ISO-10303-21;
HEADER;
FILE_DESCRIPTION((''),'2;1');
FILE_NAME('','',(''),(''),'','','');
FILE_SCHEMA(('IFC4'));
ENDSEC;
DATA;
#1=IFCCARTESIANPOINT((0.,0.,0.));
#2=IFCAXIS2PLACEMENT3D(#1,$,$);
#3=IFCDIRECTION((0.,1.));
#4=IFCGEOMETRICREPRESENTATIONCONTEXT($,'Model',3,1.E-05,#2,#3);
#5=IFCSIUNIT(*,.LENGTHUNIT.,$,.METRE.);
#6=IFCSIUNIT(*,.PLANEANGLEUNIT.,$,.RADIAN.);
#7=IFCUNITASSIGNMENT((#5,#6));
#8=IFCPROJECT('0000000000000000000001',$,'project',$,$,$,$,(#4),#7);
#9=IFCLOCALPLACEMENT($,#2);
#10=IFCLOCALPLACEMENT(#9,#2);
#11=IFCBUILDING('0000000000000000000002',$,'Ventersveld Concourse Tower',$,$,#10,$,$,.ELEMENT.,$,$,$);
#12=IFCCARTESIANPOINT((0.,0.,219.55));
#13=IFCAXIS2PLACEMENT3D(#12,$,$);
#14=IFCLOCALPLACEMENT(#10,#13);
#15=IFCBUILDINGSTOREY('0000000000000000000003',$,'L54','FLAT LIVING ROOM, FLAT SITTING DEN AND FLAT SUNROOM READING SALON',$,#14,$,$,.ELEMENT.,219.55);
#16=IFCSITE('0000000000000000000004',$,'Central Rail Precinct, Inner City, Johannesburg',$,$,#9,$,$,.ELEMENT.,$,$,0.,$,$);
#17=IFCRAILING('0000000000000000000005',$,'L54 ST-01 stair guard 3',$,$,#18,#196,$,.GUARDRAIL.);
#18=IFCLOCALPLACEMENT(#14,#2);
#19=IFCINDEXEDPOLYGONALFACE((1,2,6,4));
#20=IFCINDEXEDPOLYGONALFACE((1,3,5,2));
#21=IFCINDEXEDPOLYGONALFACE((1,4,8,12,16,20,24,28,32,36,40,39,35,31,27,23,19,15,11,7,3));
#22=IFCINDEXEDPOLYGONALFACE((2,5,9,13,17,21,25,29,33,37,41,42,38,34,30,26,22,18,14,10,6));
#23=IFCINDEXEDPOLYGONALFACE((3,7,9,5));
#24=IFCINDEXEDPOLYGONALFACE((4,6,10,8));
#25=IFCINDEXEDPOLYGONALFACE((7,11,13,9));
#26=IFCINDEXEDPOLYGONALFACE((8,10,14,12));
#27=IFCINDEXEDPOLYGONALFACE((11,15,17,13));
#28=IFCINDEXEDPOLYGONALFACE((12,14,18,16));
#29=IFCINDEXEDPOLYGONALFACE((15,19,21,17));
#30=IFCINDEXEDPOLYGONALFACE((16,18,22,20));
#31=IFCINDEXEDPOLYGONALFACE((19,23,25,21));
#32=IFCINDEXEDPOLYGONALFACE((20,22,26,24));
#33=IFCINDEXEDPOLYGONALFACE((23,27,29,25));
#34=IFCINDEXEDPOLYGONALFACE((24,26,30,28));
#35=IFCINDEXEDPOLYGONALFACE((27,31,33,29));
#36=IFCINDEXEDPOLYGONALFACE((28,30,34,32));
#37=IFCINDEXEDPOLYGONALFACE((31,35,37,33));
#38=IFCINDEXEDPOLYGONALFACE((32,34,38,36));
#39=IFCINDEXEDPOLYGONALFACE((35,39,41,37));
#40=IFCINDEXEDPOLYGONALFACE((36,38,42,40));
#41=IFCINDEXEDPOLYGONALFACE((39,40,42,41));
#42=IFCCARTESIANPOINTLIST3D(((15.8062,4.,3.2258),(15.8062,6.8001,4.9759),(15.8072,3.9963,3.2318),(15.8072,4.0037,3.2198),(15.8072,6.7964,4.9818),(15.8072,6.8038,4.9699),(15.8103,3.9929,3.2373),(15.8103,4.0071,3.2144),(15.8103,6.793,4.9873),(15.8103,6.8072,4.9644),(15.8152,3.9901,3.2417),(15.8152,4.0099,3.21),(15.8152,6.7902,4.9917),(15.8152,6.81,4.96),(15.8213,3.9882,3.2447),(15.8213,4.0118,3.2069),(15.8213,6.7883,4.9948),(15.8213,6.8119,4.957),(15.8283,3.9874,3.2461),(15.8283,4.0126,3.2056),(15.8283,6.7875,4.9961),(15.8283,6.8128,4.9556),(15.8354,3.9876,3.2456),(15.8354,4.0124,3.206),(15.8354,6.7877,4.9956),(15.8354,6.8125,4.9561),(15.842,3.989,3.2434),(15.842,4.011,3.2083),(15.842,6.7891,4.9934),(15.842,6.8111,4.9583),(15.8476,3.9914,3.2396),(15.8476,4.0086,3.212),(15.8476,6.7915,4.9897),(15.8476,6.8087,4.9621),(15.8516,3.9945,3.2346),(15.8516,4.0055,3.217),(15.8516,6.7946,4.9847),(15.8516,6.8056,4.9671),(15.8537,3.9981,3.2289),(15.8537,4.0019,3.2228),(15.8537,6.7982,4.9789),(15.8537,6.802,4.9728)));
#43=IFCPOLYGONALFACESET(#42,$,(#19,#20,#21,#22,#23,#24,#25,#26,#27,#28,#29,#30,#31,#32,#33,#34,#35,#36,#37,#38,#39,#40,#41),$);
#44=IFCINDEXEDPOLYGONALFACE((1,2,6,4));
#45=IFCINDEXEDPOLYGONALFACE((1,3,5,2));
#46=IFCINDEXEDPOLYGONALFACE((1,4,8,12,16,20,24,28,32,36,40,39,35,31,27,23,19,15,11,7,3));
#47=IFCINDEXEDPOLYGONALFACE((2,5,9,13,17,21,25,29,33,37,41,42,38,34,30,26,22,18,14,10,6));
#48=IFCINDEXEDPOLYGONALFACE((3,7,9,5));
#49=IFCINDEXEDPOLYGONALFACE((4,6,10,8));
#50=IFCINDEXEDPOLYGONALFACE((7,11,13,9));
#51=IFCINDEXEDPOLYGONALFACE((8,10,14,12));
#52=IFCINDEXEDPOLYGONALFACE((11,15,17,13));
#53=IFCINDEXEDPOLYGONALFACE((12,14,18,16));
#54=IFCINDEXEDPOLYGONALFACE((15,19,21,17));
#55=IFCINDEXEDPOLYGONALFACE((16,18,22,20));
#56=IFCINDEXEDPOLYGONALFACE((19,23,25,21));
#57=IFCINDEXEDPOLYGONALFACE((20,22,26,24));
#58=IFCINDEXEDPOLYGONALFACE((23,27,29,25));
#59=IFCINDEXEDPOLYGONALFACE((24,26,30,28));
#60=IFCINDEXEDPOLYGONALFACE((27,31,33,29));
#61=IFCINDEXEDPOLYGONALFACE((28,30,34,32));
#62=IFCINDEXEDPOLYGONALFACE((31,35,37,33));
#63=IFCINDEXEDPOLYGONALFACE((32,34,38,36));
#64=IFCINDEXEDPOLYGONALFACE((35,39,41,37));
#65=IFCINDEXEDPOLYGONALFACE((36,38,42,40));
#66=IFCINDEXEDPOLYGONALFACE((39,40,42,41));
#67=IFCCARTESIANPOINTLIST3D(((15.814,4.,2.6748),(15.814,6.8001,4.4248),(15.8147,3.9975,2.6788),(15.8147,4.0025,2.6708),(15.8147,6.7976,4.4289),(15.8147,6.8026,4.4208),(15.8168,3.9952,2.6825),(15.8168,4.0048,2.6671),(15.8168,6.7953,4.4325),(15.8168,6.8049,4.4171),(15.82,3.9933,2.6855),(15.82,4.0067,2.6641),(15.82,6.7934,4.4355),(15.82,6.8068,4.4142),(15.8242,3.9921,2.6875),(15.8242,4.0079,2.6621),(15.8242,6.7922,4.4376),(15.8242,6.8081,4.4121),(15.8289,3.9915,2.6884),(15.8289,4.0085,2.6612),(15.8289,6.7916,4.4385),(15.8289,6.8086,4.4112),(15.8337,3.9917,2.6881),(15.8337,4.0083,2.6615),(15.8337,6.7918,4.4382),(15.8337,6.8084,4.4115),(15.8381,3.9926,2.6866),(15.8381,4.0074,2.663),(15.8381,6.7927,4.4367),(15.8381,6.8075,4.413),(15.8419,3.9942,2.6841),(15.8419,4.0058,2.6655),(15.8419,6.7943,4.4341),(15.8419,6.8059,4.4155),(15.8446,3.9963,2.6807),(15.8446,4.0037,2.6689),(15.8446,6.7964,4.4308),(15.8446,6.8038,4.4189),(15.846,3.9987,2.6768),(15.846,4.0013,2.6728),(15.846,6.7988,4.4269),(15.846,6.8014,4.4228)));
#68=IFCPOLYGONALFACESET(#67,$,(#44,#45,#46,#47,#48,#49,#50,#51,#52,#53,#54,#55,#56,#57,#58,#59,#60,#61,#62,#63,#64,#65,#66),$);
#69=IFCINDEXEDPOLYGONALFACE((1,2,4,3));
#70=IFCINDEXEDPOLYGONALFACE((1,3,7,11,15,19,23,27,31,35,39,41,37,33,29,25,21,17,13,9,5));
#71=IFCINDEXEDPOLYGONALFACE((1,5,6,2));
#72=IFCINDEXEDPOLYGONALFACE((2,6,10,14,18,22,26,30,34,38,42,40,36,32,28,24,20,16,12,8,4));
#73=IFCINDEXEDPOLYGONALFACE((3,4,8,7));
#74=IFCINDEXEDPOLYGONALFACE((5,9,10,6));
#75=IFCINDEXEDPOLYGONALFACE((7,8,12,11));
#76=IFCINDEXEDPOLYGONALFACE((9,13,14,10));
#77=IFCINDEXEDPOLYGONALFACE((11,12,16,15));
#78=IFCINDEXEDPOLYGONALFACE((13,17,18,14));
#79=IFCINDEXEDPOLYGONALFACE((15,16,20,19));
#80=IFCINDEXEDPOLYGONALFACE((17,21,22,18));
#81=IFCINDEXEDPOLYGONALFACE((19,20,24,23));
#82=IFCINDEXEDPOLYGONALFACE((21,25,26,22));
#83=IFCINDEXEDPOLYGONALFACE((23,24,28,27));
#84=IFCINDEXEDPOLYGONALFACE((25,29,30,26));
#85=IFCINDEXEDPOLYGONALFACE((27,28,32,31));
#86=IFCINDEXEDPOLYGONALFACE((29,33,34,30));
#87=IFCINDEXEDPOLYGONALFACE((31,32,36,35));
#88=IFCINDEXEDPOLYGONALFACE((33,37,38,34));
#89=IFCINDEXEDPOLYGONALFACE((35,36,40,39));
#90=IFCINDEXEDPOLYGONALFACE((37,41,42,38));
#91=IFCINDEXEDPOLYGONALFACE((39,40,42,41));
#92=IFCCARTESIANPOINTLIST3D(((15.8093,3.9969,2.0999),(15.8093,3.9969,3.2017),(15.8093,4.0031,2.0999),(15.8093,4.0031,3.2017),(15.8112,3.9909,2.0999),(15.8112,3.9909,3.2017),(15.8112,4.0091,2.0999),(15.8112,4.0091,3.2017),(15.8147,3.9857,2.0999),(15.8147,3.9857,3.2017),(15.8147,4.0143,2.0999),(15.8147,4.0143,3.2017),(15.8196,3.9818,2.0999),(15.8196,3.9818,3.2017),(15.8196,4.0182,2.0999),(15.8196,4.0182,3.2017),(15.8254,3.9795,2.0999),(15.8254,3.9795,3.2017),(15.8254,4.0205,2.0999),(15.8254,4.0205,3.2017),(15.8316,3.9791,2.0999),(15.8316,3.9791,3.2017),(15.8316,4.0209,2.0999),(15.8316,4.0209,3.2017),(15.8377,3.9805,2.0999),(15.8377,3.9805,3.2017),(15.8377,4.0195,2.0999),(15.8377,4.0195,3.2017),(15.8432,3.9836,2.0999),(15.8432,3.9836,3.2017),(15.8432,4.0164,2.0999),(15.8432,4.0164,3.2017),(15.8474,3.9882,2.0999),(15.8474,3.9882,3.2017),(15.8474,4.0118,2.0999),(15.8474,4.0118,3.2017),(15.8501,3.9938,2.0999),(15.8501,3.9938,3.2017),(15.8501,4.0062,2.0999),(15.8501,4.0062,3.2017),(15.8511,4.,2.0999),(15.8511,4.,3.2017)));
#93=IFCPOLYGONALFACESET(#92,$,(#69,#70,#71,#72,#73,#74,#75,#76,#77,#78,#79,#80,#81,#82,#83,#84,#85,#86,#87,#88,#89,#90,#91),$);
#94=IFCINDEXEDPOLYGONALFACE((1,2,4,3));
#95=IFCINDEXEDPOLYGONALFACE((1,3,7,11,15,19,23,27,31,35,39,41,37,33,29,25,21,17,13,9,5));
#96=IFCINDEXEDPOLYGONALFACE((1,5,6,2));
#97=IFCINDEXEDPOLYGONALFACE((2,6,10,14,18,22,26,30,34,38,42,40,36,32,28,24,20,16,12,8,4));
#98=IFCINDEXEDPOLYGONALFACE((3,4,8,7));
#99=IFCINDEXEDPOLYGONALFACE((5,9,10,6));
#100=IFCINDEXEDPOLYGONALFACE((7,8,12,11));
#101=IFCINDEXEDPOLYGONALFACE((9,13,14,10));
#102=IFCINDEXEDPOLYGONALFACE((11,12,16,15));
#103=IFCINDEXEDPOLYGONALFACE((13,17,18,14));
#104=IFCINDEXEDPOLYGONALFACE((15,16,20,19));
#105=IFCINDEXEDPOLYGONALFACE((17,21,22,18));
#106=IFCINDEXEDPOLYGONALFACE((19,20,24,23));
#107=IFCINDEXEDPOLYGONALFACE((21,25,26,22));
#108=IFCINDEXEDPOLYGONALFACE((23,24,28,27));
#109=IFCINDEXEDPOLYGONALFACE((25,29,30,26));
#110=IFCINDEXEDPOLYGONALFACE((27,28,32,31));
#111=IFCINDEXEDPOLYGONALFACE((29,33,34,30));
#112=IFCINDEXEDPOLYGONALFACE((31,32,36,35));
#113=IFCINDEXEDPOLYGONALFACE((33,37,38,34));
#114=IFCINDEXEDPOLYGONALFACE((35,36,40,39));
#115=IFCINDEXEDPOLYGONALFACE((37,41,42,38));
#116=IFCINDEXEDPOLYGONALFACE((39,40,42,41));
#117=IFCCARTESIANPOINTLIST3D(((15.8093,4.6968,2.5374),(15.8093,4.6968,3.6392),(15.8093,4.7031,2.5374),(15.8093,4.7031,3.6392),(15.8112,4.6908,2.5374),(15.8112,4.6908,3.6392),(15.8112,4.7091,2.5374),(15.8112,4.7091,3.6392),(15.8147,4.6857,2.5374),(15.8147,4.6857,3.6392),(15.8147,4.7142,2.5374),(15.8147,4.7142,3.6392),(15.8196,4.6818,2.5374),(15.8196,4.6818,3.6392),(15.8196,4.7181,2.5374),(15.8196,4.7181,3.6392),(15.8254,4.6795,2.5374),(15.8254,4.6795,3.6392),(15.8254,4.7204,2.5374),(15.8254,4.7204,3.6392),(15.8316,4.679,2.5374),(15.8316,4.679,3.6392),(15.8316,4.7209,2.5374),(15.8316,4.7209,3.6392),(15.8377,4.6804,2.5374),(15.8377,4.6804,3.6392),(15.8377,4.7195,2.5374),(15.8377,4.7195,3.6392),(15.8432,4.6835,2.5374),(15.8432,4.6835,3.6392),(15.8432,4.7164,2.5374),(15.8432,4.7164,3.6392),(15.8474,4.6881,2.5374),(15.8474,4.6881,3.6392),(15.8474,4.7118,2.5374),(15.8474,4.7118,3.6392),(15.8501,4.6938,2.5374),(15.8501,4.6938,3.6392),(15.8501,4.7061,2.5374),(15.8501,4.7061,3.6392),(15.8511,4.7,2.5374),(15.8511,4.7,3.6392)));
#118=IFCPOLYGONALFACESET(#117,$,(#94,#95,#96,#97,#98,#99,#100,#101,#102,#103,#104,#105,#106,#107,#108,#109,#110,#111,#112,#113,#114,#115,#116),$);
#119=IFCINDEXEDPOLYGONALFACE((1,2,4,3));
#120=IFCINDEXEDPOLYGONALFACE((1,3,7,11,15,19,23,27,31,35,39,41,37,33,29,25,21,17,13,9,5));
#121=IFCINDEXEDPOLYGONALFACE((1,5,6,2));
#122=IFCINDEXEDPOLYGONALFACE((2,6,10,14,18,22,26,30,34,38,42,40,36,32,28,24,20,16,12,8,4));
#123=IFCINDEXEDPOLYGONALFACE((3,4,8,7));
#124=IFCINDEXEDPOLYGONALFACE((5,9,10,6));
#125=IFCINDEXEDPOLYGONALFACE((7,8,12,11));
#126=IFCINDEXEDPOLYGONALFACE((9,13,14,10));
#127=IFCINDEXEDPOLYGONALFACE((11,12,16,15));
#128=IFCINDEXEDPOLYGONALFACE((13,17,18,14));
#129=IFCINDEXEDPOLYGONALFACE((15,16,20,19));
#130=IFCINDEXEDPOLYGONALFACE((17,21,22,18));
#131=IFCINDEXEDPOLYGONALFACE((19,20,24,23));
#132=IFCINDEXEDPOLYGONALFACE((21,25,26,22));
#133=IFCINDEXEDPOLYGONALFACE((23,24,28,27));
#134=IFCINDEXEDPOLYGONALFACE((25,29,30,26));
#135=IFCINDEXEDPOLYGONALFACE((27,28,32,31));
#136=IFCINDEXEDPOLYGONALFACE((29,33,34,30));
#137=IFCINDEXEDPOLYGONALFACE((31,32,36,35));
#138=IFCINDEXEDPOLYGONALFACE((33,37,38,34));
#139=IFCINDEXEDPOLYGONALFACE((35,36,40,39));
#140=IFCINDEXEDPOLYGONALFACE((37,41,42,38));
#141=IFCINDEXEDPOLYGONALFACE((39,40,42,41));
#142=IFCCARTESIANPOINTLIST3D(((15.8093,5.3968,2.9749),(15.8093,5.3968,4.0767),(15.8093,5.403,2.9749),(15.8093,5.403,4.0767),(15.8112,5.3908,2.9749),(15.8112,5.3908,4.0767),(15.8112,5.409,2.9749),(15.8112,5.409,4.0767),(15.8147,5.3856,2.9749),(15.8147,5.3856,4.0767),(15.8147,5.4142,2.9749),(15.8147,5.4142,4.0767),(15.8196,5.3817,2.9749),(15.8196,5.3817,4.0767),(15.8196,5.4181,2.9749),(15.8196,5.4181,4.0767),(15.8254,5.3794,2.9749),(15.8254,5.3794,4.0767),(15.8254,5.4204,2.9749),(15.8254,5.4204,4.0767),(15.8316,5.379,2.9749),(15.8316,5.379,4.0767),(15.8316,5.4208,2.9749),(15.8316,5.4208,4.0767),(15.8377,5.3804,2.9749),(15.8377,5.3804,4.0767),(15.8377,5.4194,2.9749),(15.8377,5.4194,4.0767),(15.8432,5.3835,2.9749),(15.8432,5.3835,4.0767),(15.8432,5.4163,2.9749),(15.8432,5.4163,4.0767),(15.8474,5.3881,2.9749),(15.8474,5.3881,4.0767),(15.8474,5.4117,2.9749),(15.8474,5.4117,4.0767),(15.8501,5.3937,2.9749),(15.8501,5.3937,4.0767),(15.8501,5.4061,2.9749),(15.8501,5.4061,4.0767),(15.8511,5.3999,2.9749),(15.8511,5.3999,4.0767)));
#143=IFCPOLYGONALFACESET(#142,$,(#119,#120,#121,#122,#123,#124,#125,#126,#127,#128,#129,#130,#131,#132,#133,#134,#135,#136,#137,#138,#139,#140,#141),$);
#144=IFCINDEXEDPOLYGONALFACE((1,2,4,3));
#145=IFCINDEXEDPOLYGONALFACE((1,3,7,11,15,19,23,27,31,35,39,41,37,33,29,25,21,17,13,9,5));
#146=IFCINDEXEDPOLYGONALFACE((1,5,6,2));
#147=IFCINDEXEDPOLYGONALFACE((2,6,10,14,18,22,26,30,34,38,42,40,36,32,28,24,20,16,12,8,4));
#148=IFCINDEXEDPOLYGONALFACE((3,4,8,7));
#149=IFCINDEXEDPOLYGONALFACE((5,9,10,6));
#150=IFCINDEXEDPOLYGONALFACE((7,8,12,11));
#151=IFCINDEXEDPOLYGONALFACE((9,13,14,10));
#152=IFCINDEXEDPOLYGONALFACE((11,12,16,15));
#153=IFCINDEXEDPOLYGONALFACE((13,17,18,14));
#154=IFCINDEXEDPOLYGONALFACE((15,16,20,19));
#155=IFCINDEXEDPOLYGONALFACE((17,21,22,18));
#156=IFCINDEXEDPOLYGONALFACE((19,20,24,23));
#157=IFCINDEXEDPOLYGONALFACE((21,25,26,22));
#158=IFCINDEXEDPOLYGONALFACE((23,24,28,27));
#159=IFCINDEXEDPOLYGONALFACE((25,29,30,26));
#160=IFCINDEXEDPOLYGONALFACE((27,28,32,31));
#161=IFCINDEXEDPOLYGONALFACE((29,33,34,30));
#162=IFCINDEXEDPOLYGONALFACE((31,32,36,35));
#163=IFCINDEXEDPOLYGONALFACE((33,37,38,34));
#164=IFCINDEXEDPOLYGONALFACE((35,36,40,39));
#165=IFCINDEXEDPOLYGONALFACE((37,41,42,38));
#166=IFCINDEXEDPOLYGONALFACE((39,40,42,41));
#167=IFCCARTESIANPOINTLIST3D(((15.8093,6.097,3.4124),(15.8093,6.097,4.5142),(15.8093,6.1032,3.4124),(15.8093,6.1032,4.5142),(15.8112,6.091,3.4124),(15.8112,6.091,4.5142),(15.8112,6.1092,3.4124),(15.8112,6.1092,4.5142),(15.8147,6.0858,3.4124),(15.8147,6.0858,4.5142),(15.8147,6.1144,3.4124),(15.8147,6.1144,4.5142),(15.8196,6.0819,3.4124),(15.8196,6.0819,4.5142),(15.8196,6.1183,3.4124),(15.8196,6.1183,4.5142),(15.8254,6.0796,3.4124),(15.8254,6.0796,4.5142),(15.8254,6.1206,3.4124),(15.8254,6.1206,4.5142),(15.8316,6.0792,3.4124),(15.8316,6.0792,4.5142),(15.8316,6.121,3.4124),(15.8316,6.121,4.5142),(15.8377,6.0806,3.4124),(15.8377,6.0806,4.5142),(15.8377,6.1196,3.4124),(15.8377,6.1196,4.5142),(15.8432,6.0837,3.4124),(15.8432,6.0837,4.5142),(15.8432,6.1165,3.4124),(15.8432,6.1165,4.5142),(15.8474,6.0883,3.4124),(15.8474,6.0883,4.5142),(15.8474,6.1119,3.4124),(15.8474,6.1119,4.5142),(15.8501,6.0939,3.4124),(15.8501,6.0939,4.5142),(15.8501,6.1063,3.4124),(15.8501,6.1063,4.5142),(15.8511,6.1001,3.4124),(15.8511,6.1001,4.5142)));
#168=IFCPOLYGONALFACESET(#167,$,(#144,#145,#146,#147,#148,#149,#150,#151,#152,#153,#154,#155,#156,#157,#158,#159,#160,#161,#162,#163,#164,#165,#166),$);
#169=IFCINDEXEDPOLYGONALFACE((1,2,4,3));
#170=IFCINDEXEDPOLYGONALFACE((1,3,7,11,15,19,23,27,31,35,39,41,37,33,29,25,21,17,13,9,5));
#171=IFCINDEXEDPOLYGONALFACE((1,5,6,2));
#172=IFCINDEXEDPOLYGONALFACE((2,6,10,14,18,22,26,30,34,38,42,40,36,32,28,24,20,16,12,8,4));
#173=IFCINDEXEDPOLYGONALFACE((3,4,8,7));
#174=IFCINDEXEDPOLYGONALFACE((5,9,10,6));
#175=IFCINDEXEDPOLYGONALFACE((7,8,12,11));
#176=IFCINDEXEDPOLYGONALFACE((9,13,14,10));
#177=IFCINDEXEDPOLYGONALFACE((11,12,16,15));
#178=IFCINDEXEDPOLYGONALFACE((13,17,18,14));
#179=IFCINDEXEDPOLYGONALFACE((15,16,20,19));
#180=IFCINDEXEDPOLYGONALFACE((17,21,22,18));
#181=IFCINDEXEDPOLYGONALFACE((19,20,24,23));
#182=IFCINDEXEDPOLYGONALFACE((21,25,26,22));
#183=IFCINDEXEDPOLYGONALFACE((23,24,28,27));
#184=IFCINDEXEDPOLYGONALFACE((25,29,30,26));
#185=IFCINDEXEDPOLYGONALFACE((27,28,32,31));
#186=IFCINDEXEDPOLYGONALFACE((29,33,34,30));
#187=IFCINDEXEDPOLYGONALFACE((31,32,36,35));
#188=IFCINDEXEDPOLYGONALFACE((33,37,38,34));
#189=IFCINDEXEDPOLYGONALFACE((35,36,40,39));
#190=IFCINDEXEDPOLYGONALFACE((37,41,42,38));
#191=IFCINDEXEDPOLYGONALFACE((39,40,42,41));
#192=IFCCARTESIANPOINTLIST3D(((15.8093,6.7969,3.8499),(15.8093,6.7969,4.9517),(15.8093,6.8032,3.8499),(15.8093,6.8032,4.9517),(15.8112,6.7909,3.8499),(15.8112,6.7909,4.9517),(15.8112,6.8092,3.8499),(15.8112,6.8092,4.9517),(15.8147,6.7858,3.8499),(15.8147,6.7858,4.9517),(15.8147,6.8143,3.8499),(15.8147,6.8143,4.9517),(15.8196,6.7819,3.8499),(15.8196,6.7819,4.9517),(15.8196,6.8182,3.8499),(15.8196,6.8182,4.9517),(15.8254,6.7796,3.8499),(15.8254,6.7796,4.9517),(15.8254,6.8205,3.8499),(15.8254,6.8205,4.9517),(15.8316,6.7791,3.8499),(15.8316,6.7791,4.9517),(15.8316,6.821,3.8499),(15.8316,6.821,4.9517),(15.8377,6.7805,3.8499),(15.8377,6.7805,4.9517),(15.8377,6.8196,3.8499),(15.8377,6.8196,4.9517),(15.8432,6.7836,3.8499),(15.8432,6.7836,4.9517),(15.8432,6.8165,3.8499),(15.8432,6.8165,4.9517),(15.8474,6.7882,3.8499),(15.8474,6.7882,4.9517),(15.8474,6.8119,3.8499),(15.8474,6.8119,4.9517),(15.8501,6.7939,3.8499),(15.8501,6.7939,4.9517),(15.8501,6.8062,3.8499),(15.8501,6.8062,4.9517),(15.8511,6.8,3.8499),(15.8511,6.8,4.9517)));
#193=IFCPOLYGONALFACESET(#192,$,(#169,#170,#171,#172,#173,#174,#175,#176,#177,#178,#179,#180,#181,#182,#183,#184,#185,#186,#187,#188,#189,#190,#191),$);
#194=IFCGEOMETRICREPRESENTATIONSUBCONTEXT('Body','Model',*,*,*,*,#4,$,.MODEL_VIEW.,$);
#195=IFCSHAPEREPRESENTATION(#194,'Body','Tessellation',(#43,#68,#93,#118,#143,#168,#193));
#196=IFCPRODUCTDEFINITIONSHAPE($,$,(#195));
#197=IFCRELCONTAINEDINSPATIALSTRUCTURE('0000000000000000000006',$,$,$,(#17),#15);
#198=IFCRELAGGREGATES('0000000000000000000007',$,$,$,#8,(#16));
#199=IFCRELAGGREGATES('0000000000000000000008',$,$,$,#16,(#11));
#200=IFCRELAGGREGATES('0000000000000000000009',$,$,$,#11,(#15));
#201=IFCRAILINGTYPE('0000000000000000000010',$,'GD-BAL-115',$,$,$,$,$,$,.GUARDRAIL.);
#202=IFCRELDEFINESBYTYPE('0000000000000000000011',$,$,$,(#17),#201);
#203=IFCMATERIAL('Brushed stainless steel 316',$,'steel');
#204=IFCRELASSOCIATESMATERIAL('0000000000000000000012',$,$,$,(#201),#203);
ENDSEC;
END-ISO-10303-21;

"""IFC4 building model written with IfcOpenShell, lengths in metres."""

from ifc_helpers import new_model, si_unit, direction, frame, origin, origin_2d, place, context, subcontext, project, spatial, circle, extrude, material, type_object, element, save


model = new_model("IFC4")

# Units and contexts
model_context = context("Model", 3, precision=1e-05, world=origin(), true_north=direction((0.0, 1.0)))
body_context = subcontext(model_context, "Body", "Model", "MODEL_VIEW")
ifc_project = project(units=[si_unit("LENGTHUNIT", "METRE"), si_unit("PLANEANGLEUNIT", "RADIAN")], contexts=[model_context])

# Site, building, storey
site_placement = place(None, origin())
site = spatial("IfcSite", under=ifc_project, at=site_placement, Name="Central Rail Precinct, Inner City, Johannesburg", CompositionType="ELEMENT", RefElevation=0.0)
building_placement = place(site_placement, origin())
building = spatial("IfcBuilding", under=site, at=building_placement, Name="Ventersveld Concourse Tower", CompositionType="ELEMENT")
storey_placement = place(building_placement, frame((0.0, 0.0, 219.55)))
storey = spatial("IfcBuildingStorey", under=building, at=storey_placement, Name="L54", Description="FLAT LIVING ROOM, FLAT SITTING DEN AND FLAT SUNROOM READING SALON", CompositionType="ELEMENT", Elevation=219.55)

# Shared definitions
ifc_material_1 = material(Name="Brushed stainless steel 316", Category="steel")

# Railing
railing_type_1 = type_object("IfcRailingType", Name="GD-BAL-115", PredefinedType="GUARDRAIL", material=ifc_material_1)
railing_1_placement = place(storey_placement, frame((15.8301, 4.0, 2.0999)))
element("IfcRailing", 1, at=railing_1_placement, inside=storey, type_object=railing_type_1, Name="L54 ST-01 stair guard 3", PredefinedType="GUARDRAIL", context=body_context, shape_type="SweptSolid", body=[
    extrude(circle(Radius=0.0239, at=origin_2d()), frame((0.0, 0.0, 1.126), z_axis=(0.0, 0.848002, 0.529992), x_axis=(-1.0, 0.0, 0.0)), (0.0, 0.0, 1.0), 3.302),
    extrude(circle(Radius=0.0161, at=origin_2d()), frame((0.0, 0.0, 0.575), z_axis=(0.0, 0.848002, 0.529992), x_axis=(-1.0, 0.0, 0.0)), (0.0, 0.0, 1.0), 3.302),
    extrude(circle(Radius=0.021, at=origin_2d()), origin(), (0.0, 0.0, 1.0), 1.1018),
    extrude(circle(Radius=0.021, at=origin_2d()), frame((0.0, 0.7, 0.4375)), (0.0, 0.0, 1.0), 1.1018),
    extrude(circle(Radius=0.021, at=origin_2d()), frame((0.0, 1.3999, 0.875)), (0.0, 0.0, 1.0), 1.1018),
    extrude(circle(Radius=0.021, at=origin_2d()), frame((0.0, 2.1001, 1.3125)), (0.0, 0.0, 1.0), 1.1018),
    extrude(circle(Radius=0.021, at=origin_2d()), frame((0.0, 2.8, 1.75)), (0.0, 0.0, 1.0), 1.1018),
])

save(model, "model.ifc")
